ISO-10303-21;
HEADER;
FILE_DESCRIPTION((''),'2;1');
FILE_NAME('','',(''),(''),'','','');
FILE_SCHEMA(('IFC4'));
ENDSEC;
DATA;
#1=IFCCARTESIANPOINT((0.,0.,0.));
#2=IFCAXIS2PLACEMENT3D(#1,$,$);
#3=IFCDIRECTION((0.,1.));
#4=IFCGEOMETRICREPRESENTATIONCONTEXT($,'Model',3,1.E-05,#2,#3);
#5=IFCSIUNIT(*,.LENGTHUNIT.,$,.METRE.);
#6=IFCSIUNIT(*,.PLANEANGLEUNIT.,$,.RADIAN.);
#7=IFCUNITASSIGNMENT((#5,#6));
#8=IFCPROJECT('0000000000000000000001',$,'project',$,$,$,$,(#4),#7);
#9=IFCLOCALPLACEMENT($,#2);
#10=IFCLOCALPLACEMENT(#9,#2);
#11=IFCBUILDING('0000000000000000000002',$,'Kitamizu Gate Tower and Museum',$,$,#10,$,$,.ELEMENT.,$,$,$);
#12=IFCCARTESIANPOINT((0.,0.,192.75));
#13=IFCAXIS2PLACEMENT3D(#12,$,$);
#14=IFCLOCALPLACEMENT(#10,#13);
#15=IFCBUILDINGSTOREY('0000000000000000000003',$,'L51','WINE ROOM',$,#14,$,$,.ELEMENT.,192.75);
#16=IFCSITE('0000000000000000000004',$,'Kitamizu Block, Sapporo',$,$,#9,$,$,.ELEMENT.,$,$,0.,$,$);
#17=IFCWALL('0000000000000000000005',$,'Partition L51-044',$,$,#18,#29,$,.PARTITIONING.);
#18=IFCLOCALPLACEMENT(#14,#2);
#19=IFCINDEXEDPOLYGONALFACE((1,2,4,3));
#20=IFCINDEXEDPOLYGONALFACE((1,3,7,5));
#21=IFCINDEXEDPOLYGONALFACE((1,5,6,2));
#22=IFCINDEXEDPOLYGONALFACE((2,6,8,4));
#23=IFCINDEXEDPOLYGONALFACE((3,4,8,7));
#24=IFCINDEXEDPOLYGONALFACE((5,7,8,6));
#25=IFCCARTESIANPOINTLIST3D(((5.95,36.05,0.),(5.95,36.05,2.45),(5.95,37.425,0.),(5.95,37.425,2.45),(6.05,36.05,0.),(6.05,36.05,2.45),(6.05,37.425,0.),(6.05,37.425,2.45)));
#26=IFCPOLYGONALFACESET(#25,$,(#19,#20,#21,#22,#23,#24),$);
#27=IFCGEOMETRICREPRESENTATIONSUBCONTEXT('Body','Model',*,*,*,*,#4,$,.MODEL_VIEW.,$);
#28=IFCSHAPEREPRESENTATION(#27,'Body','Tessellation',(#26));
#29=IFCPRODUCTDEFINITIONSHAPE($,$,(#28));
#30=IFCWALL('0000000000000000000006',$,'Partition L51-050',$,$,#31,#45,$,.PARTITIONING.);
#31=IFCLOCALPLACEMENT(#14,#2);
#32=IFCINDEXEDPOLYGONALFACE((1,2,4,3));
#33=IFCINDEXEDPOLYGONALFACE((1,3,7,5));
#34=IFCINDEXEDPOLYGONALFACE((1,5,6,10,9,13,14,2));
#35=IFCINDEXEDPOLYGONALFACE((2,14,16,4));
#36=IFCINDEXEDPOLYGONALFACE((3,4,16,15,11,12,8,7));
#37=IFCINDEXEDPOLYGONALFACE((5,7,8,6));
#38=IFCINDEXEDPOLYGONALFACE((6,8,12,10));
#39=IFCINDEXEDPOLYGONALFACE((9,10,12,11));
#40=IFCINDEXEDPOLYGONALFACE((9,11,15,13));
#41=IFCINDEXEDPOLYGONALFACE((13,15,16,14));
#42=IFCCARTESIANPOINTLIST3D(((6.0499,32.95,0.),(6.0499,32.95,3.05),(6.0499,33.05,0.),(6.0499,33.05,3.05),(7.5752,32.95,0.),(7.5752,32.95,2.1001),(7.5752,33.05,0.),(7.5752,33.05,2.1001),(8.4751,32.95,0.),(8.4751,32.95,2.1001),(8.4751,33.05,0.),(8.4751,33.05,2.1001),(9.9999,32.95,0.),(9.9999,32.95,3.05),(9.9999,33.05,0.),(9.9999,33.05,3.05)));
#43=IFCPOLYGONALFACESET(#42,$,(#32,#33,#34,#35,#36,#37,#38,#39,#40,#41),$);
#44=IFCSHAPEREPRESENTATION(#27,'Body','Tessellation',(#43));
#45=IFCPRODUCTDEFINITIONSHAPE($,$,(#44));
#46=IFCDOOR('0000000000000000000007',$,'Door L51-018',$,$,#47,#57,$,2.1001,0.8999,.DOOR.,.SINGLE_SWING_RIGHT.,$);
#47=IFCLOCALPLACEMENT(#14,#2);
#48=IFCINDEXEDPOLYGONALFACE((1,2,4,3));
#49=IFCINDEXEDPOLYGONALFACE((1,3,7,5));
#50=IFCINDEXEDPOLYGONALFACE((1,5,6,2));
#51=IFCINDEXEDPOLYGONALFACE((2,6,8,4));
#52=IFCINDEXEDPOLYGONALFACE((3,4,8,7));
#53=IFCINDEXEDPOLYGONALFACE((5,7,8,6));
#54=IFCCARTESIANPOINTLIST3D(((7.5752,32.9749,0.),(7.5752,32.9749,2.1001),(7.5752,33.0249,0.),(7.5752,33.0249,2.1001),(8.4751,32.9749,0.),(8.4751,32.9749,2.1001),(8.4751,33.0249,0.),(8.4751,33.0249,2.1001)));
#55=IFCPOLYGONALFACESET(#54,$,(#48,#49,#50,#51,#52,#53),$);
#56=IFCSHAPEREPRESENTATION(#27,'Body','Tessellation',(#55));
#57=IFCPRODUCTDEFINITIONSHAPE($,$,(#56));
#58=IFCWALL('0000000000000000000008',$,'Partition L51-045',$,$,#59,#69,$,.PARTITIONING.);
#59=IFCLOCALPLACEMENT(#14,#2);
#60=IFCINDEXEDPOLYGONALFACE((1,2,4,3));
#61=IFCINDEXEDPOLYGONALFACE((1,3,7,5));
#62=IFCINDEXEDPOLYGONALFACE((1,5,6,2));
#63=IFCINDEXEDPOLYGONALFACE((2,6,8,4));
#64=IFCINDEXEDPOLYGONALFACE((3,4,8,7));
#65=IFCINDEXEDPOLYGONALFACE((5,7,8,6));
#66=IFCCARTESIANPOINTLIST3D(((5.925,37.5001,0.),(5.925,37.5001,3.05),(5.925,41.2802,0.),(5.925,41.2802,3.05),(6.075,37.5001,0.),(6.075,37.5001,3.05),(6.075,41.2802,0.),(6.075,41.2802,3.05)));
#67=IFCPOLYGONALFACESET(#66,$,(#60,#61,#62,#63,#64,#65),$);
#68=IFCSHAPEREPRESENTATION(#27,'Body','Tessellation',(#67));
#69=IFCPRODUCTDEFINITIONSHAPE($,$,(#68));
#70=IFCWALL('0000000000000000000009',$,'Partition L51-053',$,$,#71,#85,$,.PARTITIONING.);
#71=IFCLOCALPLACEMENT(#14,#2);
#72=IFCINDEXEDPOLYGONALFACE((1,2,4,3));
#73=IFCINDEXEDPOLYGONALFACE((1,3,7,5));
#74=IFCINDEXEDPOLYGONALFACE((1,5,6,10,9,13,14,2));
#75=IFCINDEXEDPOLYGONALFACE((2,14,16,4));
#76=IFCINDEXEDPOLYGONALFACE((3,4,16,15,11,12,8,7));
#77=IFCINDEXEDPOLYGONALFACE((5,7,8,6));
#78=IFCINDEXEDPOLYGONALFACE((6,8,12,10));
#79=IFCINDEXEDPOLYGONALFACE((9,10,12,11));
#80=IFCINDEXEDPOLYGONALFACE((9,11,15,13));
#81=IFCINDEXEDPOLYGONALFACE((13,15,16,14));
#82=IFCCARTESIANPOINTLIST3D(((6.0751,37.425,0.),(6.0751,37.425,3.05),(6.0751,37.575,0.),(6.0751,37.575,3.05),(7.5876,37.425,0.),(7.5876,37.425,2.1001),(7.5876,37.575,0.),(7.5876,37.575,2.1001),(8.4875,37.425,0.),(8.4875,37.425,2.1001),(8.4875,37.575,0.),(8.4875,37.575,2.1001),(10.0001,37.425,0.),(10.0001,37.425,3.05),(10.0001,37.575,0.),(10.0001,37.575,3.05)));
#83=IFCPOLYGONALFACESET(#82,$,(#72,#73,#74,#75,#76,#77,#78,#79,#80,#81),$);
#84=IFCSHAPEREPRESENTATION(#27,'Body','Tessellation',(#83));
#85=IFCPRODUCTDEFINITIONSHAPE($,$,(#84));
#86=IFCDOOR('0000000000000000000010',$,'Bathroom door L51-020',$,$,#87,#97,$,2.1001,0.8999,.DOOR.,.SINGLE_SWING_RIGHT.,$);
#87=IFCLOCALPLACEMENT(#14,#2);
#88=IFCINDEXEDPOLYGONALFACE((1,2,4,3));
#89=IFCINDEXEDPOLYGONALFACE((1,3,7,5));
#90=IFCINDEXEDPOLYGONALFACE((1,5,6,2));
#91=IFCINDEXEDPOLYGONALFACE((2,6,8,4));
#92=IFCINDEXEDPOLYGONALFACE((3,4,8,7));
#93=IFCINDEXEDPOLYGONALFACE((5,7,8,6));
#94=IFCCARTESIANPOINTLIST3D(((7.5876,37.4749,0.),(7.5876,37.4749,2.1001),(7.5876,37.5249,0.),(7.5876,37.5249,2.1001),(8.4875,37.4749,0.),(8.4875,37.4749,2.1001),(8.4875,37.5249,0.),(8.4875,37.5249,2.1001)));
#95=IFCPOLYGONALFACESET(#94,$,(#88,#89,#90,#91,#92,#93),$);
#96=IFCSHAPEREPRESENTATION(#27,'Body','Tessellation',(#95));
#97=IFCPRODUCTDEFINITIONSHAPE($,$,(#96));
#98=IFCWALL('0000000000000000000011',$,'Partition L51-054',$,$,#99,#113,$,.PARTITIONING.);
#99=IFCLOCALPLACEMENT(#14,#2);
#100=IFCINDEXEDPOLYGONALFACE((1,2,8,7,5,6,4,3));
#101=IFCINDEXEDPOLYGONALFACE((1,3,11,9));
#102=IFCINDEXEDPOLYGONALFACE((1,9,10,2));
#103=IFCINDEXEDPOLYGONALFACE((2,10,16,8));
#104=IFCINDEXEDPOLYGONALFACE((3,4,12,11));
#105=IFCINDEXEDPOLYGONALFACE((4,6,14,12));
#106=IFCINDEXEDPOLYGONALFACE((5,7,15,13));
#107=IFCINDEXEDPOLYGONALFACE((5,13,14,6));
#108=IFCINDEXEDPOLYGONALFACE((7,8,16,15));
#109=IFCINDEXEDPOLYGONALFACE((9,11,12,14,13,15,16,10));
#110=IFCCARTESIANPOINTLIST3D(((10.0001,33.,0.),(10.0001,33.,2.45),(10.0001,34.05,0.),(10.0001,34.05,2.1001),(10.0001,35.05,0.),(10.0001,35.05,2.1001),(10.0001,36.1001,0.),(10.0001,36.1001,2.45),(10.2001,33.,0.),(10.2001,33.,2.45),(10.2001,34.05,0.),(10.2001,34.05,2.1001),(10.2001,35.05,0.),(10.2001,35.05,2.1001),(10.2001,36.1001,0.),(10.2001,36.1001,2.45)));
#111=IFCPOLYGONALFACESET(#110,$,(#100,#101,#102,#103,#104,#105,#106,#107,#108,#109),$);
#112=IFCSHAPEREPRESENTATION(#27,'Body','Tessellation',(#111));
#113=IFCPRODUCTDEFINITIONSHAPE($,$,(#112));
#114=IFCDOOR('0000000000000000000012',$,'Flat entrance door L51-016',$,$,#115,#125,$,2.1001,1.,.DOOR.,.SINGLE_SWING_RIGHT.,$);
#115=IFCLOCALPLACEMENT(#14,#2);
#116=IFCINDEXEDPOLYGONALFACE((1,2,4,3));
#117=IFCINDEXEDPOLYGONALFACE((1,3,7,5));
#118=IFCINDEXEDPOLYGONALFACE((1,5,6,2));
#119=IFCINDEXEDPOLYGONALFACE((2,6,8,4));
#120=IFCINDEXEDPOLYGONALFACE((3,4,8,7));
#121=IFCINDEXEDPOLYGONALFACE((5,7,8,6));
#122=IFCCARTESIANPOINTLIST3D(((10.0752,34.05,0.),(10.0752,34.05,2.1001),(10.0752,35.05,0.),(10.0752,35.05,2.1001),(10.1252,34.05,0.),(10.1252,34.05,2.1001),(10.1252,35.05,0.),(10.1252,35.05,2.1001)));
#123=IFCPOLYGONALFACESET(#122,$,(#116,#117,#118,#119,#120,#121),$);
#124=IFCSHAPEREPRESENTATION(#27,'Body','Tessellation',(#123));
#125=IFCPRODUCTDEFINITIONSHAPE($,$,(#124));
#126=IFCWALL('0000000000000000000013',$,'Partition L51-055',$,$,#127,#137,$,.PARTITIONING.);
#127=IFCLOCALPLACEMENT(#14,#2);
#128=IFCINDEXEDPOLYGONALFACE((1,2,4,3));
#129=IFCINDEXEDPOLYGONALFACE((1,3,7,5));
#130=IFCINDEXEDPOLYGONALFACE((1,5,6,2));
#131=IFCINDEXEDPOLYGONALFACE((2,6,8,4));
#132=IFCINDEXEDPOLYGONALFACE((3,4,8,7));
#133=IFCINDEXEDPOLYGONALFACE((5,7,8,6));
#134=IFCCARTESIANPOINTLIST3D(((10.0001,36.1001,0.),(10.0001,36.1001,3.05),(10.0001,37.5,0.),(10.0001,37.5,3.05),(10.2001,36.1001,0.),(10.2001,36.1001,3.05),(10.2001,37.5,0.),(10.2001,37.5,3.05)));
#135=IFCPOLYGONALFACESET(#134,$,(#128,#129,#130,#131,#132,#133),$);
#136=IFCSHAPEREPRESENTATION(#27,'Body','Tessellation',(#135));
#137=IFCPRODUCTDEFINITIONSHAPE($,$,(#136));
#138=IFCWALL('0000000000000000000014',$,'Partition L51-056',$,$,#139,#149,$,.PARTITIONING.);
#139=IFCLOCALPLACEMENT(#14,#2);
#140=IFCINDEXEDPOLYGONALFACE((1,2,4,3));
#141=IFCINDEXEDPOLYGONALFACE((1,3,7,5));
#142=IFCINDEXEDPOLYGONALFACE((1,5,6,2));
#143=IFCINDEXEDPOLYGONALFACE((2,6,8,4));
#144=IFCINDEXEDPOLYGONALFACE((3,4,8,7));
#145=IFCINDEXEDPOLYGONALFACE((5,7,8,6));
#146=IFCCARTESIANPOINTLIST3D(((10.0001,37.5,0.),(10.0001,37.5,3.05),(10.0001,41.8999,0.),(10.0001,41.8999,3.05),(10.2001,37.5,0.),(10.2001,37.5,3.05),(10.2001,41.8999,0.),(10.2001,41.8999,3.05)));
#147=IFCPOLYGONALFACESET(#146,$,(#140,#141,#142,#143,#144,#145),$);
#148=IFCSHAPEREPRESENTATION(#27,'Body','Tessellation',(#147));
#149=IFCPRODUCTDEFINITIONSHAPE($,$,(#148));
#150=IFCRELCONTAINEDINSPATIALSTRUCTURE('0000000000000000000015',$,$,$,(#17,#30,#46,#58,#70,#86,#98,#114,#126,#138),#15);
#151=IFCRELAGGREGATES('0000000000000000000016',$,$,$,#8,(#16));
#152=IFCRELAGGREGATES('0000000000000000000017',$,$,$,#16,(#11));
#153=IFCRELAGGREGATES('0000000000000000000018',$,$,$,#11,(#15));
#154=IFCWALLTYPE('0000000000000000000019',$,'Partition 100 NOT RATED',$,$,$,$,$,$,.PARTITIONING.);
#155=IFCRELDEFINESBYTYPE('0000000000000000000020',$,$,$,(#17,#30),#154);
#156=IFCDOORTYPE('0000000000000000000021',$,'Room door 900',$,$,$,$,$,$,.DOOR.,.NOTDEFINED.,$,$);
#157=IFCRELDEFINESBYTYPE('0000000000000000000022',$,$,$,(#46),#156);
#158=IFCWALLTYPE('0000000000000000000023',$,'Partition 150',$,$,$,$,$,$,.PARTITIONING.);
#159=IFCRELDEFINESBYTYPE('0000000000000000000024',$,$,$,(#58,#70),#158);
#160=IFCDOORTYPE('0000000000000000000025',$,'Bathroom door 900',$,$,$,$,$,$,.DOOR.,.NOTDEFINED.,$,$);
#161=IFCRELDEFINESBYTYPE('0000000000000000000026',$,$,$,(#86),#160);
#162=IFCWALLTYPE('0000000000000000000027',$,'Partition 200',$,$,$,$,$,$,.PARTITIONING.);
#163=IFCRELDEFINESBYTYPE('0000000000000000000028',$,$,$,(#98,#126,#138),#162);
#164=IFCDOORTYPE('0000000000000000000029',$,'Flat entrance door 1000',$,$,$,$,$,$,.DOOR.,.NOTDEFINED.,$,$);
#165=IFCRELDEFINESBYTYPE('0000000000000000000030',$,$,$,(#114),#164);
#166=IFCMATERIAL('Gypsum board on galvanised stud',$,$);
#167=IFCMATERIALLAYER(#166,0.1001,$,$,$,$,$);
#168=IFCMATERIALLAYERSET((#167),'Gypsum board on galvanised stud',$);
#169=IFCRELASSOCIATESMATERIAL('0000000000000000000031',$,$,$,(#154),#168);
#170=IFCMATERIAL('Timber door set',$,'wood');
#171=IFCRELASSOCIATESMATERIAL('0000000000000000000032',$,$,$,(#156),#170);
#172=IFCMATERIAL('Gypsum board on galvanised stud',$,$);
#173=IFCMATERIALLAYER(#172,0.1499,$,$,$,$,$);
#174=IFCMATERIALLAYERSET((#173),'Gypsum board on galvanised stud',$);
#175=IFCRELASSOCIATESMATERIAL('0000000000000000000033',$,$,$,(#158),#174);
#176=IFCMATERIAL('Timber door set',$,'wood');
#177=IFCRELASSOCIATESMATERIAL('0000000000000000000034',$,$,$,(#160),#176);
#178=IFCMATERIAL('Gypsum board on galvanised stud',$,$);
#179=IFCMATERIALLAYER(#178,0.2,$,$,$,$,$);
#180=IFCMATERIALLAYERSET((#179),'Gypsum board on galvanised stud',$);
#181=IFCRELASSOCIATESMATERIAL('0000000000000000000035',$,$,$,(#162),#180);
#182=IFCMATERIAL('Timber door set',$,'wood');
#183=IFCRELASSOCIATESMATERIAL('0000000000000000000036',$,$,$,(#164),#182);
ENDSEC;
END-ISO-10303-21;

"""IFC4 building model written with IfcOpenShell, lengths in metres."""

from ifc_helpers import new_model, si_unit, direction, frame, frame_2d, origin, place, context, subcontext, project, spatial, rectangle, extrude, material, layer, layer_set, type_object, element, fill, save


model = new_model("IFC4")

# Units and contexts
model_context = context("Model", 3, precision=1e-05, world=origin(), true_north=direction((0.0, 1.0)))
body_context = subcontext(model_context, "Body", "Model", "MODEL_VIEW")
ifc_project = project(units=[si_unit("LENGTHUNIT", "METRE"), si_unit("PLANEANGLEUNIT", "RADIAN")], contexts=[model_context])

# Site, building, storey
site_placement = place(None, origin())
site = spatial("IfcSite", under=ifc_project, at=site_placement, Name="Kitamizu Block, Sapporo", CompositionType="ELEMENT", RefElevation=0.0)
building_placement = place(site_placement, origin())
building = spatial("IfcBuilding", under=site, at=building_placement, Name="Kitamizu Gate Tower and Museum", CompositionType="ELEMENT")
storey_placement = place(building_placement, frame((0.0, 0.0, 192.75)))
storey = spatial("IfcBuildingStorey", under=building, at=storey_placement, Name="L51", Description="WINE ROOM", CompositionType="ELEMENT", Elevation=192.75)

# Shared definitions
ifc_material_1 = material(Name="Gypsum board on galvanised stud")
ifc_layer_1 = layer(ifc_material_1, 0.1001)
ifc_layer_set_1 = layer_set([ifc_layer_1], Name="Gypsum board on galvanised stud")
wall_type_1 = type_object("IfcWallType", Name="Partition 100 NOT RATED", PredefinedType="PARTITIONING", material=ifc_layer_set_1)
ifc_material_2 = material(Name="Timber door set", Category="wood")
door_type_1 = type_object("IfcDoorType", Name="Room door 900", OperationType="NOTDEFINED", PredefinedType="DOOR", material=ifc_material_2)

# Wall
wall_1_placement = place(storey_placement, frame((6.0, 36.05, 0.0), z_axis=(0.0, 0.0, 1.0), x_axis=(0.0, 1.0, 0.0)))
element("IfcWall", 1, at=wall_1_placement, inside=storey, type_object=wall_type_1, Name="Partition L51-044", PredefinedType="PARTITIONING", context=body_context, shape_type="SweptSolid", body=[
    extrude(rectangle(XDim=1.375, YDim=0.1001, at=frame_2d((0.6875, 0.0))), origin(), (0.0, 0.0, 1.0), 2.45),
])

# Wall, opening, door
wall_2_placement = place(storey_placement, frame((10.0, 33.0, 0.0), z_axis=(0.0, 0.0, 1.0), x_axis=(-1.0, 0.0, 0.0)))
wall_2 = element("IfcWall", 2, at=wall_2_placement, inside=storey, type_object=wall_type_1, Name="Partition L51-050", PredefinedType="PARTITIONING", context=body_context, shape_type="SweptSolid", body=[
    extrude(rectangle(XDim=3.95, YDim=0.1001, at=frame_2d((1.9751, 0.0))), origin(), (0.0, 0.0, 1.0), 3.05),
])
opening_1_placement = place(wall_2_placement, frame((1.5249, 0.0, 0.0)))
opening_1 = element("IfcOpeningElement", 3, at=opening_1_placement, cuts=wall_2, PredefinedType="OPENING", context=body_context, shape_type="SweptSolid", body=[
    extrude(rectangle(XDim=0.8999, YDim=2.1001, at=frame_2d((0.45, 1.05))), frame((0.0, 0.0601, 0.0), z_axis=(0.0, -1.0, 0.0), x_axis=(1.0, 0.0, 0.0)), (0.0, 0.0, 1.0), 0.1201),
])
door_1_placement = place(opening_1_placement, frame((0.8999, 0.0, 0.0), x_axis=(-1.0, 0.0, 0.0)))
door_1 = element("IfcDoor", 4, at=door_1_placement, inside=storey, type_object=door_type_1, Name="Door L51-018", OperationType="SINGLE_SWING_RIGHT", OverallHeight=2.1001, OverallWidth=0.8999, PredefinedType="DOOR", context=body_context, shape_type="SweptSolid", body=[
    extrude(rectangle(XDim=0.8999, YDim=2.1001, at=frame_2d((0.45, 1.05))), frame((0.0, 0.0249, 0.0), z_axis=(0.0, -1.0, 0.0), x_axis=(1.0, 0.0, 0.0)), (0.0, 0.0, 1.0), 0.05),
])
fill(opening_1, door_1)

# Wall
ifc_material_3 = material(Name="Gypsum board on galvanised stud")
ifc_layer_2 = layer(ifc_material_3, 0.1499)
ifc_layer_set_2 = layer_set([ifc_layer_2], Name="Gypsum board on galvanised stud")
wall_type_2 = type_object("IfcWallType", Name="Partition 150", PredefinedType="PARTITIONING", material=ifc_layer_set_2)
wall_3_placement = place(storey_placement, frame((6.0, 37.5, 0.0), z_axis=(0.0, 0.0, 1.0), x_axis=(0.0, 1.0, 0.0)))
element("IfcWall", 5, at=wall_3_placement, inside=storey, type_object=wall_type_2, Name="Partition L51-045", PredefinedType="PARTITIONING", context=body_context, shape_type="SweptSolid", body=[
    extrude(rectangle(XDim=3.78, YDim=0.1499, at=frame_2d((1.8901, 0.0))), origin(), (0.0, 0.0, 1.0), 3.05),
])

# Walls, openings, doors
wall_4_placement = place(storey_placement, frame((10.0, 37.5, 0.0), z_axis=(0.0, 0.0, 1.0), x_axis=(-1.0, 0.0, 0.0)))
wall_4 = element("IfcWall", 6, at=wall_4_placement, inside=storey, type_object=wall_type_2, Name="Partition L51-053", PredefinedType="PARTITIONING", context=body_context, shape_type="SweptSolid", body=[
    extrude(rectangle(XDim=3.925, YDim=0.1499, at=frame_2d((1.9624, 0.0))), origin(), (0.0, 0.0, 1.0), 3.05),
])
opening_2_placement = place(wall_4_placement, frame((1.5125, 0.0, 0.0)))
opening_2 = element("IfcOpeningElement", 7, at=opening_2_placement, cuts=wall_4, PredefinedType="OPENING", context=body_context, shape_type="SweptSolid", body=[
    extrude(rectangle(XDim=0.8999, YDim=2.1001, at=frame_2d((0.45, 1.05))), frame((0.0, 0.085, 0.0), z_axis=(0.0, -1.0, 0.0), x_axis=(1.0, 0.0, 0.0)), (0.0, 0.0, 1.0), 0.1699),
])
ifc_material_4 = material(Name="Timber door set", Category="wood")
door_type_2 = type_object("IfcDoorType", Name="Bathroom door 900", OperationType="NOTDEFINED", PredefinedType="DOOR", material=ifc_material_4)
door_2_placement = place(opening_2_placement, frame((0.8999, 0.0, 0.0), x_axis=(-1.0, 0.0, 0.0)))
door_2 = element("IfcDoor", 8, at=door_2_placement, inside=storey, type_object=door_type_2, Name="Bathroom door L51-020", OperationType="SINGLE_SWING_RIGHT", OverallHeight=2.1001, OverallWidth=0.8999, PredefinedType="DOOR", context=body_context, shape_type="SweptSolid", body=[
    extrude(rectangle(XDim=0.8999, YDim=2.1001, at=frame_2d((0.45, 1.05))), frame((0.0, 0.0249, 0.0), z_axis=(0.0, -1.0, 0.0), x_axis=(1.0, 0.0, 0.0)), (0.0, 0.0, 1.0), 0.05),
])
fill(opening_2, door_2)
ifc_material_5 = material(Name="Gypsum board on galvanised stud")
ifc_layer_3 = layer(ifc_material_5, 0.2)
ifc_layer_set_3 = layer_set([ifc_layer_3], Name="Gypsum board on galvanised stud")
wall_type_3 = type_object("IfcWallType", Name="Partition 200", PredefinedType="PARTITIONING", material=ifc_layer_set_3)
wall_5_placement = place(storey_placement, frame((10.1001, 33.0, 0.0), z_axis=(0.0, 0.0, 1.0), x_axis=(0.0, 1.0, 0.0)))
wall_5 = element("IfcWall", 9, at=wall_5_placement, inside=storey, type_object=wall_type_3, Name="Partition L51-054", PredefinedType="PARTITIONING", context=body_context, shape_type="SweptSolid", body=[
    extrude(rectangle(XDim=3.1001, YDim=0.2, at=frame_2d((1.55, 0.0))), origin(), (0.0, 0.0, 1.0), 2.45),
])
opening_3_placement = place(wall_5_placement, frame((1.05, 0.0, 0.0)))
opening_3 = element("IfcOpeningElement", 10, at=opening_3_placement, cuts=wall_5, PredefinedType="OPENING", context=body_context, shape_type="SweptSolid", body=[
    extrude(rectangle(XDim=1.0, YDim=2.1001, at=frame_2d((0.5, 1.05))), frame((0.0, 0.1099, 0.0), z_axis=(0.0, -1.0, 0.0), x_axis=(1.0, 0.0, 0.0)), (0.0, 0.0, 1.0), 0.22),
])
ifc_material_6 = material(Name="Timber door set", Category="wood")
door_type_3 = type_object("IfcDoorType", Name="Flat entrance door 1000", OperationType="NOTDEFINED", PredefinedType="DOOR", material=ifc_material_6)
door_3_placement = place(opening_3_placement, origin())
door_3 = element("IfcDoor", 11, at=door_3_placement, inside=storey, type_object=door_type_3, Name="Flat entrance door L51-016", OperationType="SINGLE_SWING_RIGHT", OverallHeight=2.1001, OverallWidth=1.0, PredefinedType="DOOR", context=body_context, shape_type="SweptSolid", body=[
    extrude(rectangle(XDim=1.0, YDim=2.1001, at=frame_2d((0.5, 1.05))), frame((0.0, 0.0249, 0.0), z_axis=(0.0, -1.0, 0.0), x_axis=(1.0, 0.0, 0.0)), (0.0, 0.0, 1.0), 0.05),
])
fill(opening_3, door_3)

# Walls
wall_6_placement = place(storey_placement, frame((10.1001, 36.1001, 0.0), z_axis=(0.0, 0.0, 1.0), x_axis=(0.0, 1.0, 0.0)))
element("IfcWall", 12, at=wall_6_placement, inside=storey, type_object=wall_type_3, Name="Partition L51-055", PredefinedType="PARTITIONING", context=body_context, shape_type="SweptSolid", body=[
    extrude(rectangle(XDim=1.3999, YDim=0.2, at=frame_2d((0.7, 0.0))), origin(), (0.0, 0.0, 1.0), 3.05),
])
wall_7_placement = place(storey_placement, frame((10.1001, 37.5, 0.0), z_axis=(0.0, 0.0, 1.0), x_axis=(0.0, 1.0, 0.0)))
element("IfcWall", 13, at=wall_7_placement, inside=storey, type_object=wall_type_3, Name="Partition L51-056", PredefinedType="PARTITIONING", context=body_context, shape_type="SweptSolid", body=[
    extrude(rectangle(XDim=4.3999, YDim=0.2, at=frame_2d((2.2, 0.0))), origin(), (0.0, 0.0, 1.0), 3.05),
])

save(model, "model.ifc")
